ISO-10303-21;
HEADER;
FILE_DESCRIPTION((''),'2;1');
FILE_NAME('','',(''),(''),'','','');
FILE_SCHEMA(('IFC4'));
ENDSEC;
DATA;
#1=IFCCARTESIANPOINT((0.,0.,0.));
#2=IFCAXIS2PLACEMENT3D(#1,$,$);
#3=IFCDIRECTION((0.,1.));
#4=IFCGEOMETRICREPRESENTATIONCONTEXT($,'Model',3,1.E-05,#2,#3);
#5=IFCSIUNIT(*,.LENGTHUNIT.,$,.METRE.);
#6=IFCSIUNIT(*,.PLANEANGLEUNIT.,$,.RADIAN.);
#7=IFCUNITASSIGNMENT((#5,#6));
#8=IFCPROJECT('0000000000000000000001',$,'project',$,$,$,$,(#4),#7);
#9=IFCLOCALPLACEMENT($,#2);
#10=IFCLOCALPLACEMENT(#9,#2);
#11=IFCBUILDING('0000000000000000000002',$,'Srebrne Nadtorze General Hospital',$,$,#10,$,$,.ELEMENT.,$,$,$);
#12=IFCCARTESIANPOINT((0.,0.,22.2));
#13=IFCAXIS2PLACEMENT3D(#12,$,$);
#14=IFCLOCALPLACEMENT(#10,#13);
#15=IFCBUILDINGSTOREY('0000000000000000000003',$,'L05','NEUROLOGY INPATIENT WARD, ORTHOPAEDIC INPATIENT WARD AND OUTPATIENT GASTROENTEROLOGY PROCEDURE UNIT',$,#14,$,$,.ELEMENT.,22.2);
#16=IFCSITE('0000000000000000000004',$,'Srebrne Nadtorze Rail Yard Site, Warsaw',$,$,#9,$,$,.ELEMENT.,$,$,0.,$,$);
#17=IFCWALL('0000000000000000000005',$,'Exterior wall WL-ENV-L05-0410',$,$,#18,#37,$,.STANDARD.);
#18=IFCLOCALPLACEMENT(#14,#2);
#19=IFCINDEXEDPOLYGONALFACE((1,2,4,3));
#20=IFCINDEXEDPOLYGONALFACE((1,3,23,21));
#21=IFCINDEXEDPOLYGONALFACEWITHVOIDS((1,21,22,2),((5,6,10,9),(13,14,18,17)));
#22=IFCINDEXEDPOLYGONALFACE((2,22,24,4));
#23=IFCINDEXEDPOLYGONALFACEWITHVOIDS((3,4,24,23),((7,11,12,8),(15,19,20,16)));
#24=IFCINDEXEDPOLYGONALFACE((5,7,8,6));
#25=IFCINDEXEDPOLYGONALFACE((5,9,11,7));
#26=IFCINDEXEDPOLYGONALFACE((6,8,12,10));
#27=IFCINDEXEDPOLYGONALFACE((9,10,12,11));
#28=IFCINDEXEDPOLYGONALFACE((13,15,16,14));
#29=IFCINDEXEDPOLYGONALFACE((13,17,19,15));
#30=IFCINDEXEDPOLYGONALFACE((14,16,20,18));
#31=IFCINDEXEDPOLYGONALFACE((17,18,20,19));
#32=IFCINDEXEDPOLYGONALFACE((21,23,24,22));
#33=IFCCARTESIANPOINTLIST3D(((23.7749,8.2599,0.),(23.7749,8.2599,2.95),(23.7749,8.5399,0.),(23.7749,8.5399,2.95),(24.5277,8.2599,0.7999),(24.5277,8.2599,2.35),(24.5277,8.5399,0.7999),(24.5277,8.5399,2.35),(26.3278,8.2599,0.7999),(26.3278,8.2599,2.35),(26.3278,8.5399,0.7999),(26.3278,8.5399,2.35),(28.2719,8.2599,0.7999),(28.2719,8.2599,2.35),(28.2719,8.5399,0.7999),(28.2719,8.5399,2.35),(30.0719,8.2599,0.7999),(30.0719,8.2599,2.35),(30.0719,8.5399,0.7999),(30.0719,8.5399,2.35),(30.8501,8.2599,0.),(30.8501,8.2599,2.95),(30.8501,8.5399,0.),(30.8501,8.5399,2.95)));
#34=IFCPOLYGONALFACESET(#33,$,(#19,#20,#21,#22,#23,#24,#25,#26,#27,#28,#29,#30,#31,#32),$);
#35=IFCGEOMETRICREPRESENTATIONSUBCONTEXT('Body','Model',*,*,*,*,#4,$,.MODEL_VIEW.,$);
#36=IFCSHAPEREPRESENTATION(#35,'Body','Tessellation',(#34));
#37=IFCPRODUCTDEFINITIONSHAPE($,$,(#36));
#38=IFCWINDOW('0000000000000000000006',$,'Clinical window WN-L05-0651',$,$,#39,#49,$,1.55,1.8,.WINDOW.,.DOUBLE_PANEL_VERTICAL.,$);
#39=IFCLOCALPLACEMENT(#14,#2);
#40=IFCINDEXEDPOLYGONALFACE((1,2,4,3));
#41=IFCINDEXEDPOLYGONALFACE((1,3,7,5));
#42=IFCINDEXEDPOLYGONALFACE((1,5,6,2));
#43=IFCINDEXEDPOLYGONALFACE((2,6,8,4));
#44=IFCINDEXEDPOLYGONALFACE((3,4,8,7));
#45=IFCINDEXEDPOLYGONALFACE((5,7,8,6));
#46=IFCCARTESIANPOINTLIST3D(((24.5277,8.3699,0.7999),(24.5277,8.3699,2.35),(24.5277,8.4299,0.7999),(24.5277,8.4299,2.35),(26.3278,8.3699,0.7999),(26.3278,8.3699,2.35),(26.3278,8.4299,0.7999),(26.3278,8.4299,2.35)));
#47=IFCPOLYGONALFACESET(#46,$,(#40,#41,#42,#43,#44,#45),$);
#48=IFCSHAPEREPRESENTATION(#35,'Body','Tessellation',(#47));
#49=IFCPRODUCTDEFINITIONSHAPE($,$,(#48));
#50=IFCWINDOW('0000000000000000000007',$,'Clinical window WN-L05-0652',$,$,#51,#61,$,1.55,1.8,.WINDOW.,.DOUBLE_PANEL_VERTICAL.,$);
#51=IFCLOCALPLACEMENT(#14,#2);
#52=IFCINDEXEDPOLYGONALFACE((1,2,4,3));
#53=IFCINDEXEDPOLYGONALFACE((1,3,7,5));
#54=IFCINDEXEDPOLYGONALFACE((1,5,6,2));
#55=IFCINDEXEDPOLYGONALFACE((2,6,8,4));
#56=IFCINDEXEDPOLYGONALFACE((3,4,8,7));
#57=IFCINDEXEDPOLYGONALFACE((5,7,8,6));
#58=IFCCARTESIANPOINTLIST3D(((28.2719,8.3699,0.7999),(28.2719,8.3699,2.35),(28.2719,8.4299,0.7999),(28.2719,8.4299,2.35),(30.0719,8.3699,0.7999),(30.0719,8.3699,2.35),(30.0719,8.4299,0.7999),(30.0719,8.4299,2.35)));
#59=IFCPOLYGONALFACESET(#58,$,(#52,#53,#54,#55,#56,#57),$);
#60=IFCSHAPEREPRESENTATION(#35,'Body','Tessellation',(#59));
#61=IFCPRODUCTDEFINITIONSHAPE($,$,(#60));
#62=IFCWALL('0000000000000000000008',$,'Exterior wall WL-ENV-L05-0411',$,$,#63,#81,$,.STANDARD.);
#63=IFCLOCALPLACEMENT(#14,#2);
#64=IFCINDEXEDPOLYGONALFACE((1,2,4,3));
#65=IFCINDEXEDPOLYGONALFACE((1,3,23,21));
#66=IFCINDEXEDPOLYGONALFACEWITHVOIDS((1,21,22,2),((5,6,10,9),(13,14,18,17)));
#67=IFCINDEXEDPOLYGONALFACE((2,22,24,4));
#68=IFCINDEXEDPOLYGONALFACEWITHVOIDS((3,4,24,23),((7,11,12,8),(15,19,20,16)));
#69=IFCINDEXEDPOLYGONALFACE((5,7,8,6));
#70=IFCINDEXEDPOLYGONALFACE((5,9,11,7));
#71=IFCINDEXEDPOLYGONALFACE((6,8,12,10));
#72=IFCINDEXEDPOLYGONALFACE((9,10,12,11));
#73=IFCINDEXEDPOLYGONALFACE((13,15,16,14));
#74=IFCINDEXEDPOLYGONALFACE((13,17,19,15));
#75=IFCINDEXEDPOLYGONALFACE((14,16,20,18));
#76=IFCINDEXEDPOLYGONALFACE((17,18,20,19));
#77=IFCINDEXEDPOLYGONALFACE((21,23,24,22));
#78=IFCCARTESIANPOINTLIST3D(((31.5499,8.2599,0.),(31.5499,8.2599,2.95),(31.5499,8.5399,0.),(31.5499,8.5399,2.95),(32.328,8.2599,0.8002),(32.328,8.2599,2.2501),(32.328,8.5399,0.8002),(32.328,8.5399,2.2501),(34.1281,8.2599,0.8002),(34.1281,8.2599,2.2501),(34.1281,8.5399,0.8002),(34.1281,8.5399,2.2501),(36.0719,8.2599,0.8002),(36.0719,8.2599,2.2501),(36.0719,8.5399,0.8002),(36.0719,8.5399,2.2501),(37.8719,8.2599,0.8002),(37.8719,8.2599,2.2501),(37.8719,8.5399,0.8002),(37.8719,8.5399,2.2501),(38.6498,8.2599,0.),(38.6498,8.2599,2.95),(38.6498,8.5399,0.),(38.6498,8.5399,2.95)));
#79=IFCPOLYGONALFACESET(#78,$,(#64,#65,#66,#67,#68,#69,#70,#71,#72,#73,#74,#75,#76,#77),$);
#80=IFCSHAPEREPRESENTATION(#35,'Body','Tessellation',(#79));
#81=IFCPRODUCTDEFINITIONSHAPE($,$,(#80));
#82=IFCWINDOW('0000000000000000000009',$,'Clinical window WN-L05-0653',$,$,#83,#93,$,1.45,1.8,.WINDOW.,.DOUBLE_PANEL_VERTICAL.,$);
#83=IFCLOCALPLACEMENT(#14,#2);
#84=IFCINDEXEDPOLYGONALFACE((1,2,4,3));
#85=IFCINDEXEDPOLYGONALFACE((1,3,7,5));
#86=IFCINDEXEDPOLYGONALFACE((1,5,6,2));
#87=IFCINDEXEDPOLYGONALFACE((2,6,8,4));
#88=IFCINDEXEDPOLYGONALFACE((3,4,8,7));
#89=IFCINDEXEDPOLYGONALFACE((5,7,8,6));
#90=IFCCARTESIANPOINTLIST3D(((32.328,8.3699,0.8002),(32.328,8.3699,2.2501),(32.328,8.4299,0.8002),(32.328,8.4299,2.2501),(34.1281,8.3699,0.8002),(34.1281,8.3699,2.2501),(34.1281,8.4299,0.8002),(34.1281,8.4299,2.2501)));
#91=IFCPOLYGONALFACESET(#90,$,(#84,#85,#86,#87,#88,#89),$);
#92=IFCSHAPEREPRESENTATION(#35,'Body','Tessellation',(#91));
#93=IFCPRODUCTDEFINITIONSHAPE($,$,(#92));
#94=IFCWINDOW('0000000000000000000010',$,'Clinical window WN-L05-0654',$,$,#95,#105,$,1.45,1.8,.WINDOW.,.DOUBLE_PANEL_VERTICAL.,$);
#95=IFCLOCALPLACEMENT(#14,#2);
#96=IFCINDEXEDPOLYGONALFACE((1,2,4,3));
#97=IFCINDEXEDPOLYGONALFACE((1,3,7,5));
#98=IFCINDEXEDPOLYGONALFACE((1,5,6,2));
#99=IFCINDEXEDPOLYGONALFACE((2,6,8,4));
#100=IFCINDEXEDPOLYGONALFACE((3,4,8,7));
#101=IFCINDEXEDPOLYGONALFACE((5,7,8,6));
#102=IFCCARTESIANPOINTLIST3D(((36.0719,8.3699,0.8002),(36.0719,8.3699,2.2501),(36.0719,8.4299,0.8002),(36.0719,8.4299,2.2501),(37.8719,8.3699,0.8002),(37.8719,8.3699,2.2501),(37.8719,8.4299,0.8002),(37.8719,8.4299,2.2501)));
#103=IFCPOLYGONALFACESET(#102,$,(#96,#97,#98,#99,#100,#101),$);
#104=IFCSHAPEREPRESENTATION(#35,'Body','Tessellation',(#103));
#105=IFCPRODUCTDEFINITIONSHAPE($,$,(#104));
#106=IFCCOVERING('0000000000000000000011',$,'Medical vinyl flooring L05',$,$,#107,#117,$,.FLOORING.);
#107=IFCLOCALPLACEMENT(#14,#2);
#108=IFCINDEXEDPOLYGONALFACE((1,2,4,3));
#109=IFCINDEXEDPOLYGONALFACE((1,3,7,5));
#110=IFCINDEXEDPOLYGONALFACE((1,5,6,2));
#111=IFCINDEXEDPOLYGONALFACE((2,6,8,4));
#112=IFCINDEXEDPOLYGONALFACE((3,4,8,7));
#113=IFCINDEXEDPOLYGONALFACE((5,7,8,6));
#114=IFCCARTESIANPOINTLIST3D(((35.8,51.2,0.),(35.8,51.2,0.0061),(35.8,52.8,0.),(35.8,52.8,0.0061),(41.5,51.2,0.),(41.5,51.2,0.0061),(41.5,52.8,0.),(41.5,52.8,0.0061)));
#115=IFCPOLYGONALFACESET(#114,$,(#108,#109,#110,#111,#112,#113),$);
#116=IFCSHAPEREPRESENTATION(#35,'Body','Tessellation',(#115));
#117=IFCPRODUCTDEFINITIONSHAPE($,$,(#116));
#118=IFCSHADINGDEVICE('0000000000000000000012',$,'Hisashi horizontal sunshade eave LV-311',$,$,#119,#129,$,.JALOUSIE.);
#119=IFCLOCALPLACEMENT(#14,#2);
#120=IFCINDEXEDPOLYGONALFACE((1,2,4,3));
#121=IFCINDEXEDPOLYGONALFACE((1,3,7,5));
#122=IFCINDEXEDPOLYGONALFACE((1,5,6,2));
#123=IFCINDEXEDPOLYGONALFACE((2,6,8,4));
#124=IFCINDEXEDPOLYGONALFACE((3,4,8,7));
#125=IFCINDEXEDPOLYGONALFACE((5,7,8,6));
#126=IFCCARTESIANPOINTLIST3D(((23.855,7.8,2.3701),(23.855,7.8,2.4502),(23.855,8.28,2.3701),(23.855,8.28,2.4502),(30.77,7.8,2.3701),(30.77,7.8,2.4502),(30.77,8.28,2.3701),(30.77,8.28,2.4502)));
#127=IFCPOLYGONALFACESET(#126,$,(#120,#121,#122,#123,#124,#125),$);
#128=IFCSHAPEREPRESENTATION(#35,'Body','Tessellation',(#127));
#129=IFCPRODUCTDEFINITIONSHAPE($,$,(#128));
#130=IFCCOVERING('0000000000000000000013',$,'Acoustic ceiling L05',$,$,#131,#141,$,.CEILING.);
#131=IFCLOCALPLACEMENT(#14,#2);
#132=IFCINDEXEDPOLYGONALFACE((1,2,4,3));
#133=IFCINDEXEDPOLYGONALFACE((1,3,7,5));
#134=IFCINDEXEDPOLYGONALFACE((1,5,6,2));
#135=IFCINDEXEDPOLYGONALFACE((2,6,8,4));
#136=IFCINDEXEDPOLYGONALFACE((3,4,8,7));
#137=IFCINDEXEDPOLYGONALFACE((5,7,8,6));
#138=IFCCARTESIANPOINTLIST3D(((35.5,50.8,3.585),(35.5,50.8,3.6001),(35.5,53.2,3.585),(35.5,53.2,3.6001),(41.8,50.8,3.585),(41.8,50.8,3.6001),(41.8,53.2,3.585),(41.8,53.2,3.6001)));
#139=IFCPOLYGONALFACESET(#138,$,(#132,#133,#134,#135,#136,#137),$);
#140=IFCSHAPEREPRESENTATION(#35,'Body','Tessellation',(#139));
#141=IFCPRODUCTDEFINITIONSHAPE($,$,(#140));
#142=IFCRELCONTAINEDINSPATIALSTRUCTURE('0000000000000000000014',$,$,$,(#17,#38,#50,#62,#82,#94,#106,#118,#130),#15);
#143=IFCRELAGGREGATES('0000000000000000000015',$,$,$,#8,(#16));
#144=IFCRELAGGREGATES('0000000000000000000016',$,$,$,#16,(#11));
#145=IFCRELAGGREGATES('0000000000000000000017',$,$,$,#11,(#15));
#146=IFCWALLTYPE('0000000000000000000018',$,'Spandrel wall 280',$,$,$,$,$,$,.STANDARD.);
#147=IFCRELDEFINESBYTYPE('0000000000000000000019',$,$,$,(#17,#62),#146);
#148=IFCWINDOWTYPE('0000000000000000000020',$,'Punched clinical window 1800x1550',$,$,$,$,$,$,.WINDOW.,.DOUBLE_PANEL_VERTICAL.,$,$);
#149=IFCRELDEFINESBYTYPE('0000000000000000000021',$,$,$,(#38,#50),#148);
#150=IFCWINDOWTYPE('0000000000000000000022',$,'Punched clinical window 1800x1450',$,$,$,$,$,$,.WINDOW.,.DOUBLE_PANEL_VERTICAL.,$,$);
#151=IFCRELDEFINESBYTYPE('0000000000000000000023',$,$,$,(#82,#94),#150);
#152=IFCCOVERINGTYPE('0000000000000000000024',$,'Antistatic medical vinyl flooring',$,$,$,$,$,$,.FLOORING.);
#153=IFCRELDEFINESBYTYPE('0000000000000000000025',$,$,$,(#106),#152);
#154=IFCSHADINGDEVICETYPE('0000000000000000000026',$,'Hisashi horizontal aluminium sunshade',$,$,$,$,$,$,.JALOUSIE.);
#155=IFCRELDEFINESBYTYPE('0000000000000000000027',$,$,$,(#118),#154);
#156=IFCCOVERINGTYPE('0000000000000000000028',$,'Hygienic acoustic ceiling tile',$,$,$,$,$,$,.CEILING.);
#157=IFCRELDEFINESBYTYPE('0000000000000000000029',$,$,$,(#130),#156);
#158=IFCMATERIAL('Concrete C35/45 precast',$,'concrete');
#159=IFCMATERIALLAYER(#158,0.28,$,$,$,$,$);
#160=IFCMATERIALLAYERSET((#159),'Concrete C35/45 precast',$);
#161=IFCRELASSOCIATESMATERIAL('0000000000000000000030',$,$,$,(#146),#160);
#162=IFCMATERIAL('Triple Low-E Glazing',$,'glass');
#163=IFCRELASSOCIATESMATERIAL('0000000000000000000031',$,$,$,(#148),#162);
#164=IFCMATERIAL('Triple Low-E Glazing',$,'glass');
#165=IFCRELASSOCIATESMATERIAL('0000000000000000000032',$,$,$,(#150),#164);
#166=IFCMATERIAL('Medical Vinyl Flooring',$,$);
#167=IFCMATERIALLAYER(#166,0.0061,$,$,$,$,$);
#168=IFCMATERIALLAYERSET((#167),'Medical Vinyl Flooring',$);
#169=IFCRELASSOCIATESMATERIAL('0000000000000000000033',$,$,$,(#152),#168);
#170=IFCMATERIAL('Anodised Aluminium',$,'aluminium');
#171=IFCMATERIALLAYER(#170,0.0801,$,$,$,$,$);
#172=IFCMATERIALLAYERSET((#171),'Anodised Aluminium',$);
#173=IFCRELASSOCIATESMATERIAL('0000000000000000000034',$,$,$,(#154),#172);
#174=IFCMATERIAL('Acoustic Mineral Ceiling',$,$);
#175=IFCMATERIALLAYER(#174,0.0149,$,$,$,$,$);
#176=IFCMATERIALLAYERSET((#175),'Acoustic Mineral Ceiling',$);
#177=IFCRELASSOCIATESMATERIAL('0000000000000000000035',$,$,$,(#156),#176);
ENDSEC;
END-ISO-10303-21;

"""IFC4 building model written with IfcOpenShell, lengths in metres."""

from ifc_helpers import new_model, si_unit, direction, frame, frame_2d, origin, origin_2d, place, context, subcontext, project, spatial, polyline, rectangle, outline, extrude, material, layer, layer_set, type_object, element, fill, save


model = new_model("IFC4")

# Units and contexts
model_context = context("Model", 3, precision=1e-05, world=origin(), true_north=direction((0.0, 1.0)))
body_context = subcontext(model_context, "Body", "Model", "MODEL_VIEW")
ifc_project = project(units=[si_unit("LENGTHUNIT", "METRE"), si_unit("PLANEANGLEUNIT", "RADIAN")], contexts=[model_context])

# Site, building, storey
site_placement = place(None, origin())
site = spatial("IfcSite", under=ifc_project, at=site_placement, Name="Srebrne Nadtorze Rail Yard Site, Warsaw", CompositionType="ELEMENT", RefElevation=0.0)
building_placement = place(site_placement, origin())
building = spatial("IfcBuilding", under=site, at=building_placement, Name="Srebrne Nadtorze General Hospital", CompositionType="ELEMENT")
storey_placement = place(building_placement, frame((0.0, 0.0, 22.2)))
storey = spatial("IfcBuildingStorey", under=building, at=storey_placement, Name="L05", Description="NEUROLOGY INPATIENT WARD, ORTHOPAEDIC INPATIENT WARD AND OUTPATIENT GASTROENTEROLOGY PROCEDURE UNIT", CompositionType="ELEMENT", Elevation=22.2)

# Walls, openings, windows
ifc_material_1 = material(Name="Concrete C35/45 precast", Category="concrete")
ifc_layer_1 = layer(ifc_material_1, 0.28)
ifc_layer_set_1 = layer_set([ifc_layer_1], Name="Concrete C35/45 precast")
wall_type = type_object("IfcWallType", Name="Spandrel wall 280", PredefinedType="STANDARD", material=ifc_layer_set_1)
wall_1_placement = place(storey_placement, frame((23.7749, 8.3999, 0.0), z_axis=(0.0, 0.0, 1.0), x_axis=(1.0, 0.0, 0.0)))
wall_1 = element("IfcWall", 1, at=wall_1_placement, inside=storey, type_object=wall_type, Name="Exterior wall WL-ENV-L05-0410", PredefinedType="STANDARD", context=body_context, shape_type="SweptSolid", body=[
    extrude(rectangle(XDim=7.0752, YDim=0.28, at=frame_2d((3.5376, 0.0))), origin(), (0.0, 0.0, 1.0), 2.95),
])
opening_1_placement = place(wall_1_placement, frame((0.7529, 0.0, 0.8)))
opening_1 = element("IfcOpeningElement", 2, at=opening_1_placement, cuts=wall_1, PredefinedType="OPENING", context=body_context, shape_type="SweptSolid", body=[
    extrude(rectangle(XDim=1.8, YDim=1.55, at=frame_2d((0.8999, 0.7749))), frame((0.0, 0.1519, 0.0), z_axis=(0.0, -1.0, 0.0), x_axis=(1.0, 0.0, 0.0)), (0.0, 0.0, 1.0), 0.304),
])
opening_2_placement = place(wall_1_placement, frame((4.4971, 0.0, 0.8)))
opening_2 = element("IfcOpeningElement", 3, at=opening_2_placement, cuts=wall_1, PredefinedType="OPENING", context=body_context, shape_type="SweptSolid", body=[
    extrude(rectangle(XDim=1.8, YDim=1.55, at=frame_2d((0.8999, 0.7749))), frame((0.0, 0.1519, 0.0), z_axis=(0.0, -1.0, 0.0), x_axis=(1.0, 0.0, 0.0)), (0.0, 0.0, 1.0), 0.304),
])
ifc_material_2 = material(Name="Triple Low-E Glazing", Category="glass")
window_type_1 = type_object("IfcWindowType", Name="Punched clinical window 1800x1550", PartitioningType="DOUBLE_PANEL_VERTICAL", PredefinedType="WINDOW", material=ifc_material_2)
window_1_placement = place(opening_1_placement, origin())
window_1 = element("IfcWindow", 4, at=window_1_placement, inside=storey, type_object=window_type_1, Name="Clinical window WN-L05-0651", OverallHeight=1.55, OverallWidth=1.8, PartitioningType="DOUBLE_PANEL_VERTICAL", PredefinedType="WINDOW", context=body_context, shape_type="SweptSolid", body=[
    extrude(rectangle(XDim=1.8, YDim=1.55, at=frame_2d((0.8999, 0.7749))), frame((0.0, 0.03, 0.0), z_axis=(0.0, -1.0, 0.0), x_axis=(1.0, 0.0, 0.0)), (0.0, 0.0, 1.0), 0.0601),
])
fill(opening_1, window_1)
window_2_placement = place(opening_2_placement, origin())
window_2 = element("IfcWindow", 5, at=window_2_placement, inside=storey, type_object=window_type_1, Name="Clinical window WN-L05-0652", OverallHeight=1.55, OverallWidth=1.8, PartitioningType="DOUBLE_PANEL_VERTICAL", PredefinedType="WINDOW", context=body_context, shape_type="SweptSolid", body=[
    extrude(rectangle(XDim=1.8, YDim=1.55, at=frame_2d((0.8999, 0.7749))), frame((0.0, 0.03, 0.0), z_axis=(0.0, -1.0, 0.0), x_axis=(1.0, 0.0, 0.0)), (0.0, 0.0, 1.0), 0.0601),
])
fill(opening_2, window_2)
wall_2_placement = place(storey_placement, frame((31.55, 8.3999, 0.0), z_axis=(0.0, 0.0, 1.0), x_axis=(1.0, 0.0, 0.0)))
wall_2 = element("IfcWall", 6, at=wall_2_placement, inside=storey, type_object=wall_type, Name="Exterior wall WL-ENV-L05-0411", PredefinedType="STANDARD", context=body_context, shape_type="SweptSolid", body=[
    extrude(rectangle(XDim=7.0999, YDim=0.28, at=frame_2d((3.5498, 0.0))), origin(), (0.0, 0.0, 1.0), 2.95),
])
opening_3_placement = place(wall_2_placement, frame((0.7781, 0.0, 0.8)))
opening_3 = element("IfcOpeningElement", 7, at=opening_3_placement, cuts=wall_2, PredefinedType="OPENING", context=body_context, shape_type="SweptSolid", body=[
    extrude(rectangle(XDim=1.8, YDim=1.45, at=frame_2d((0.8999, 0.7251))), frame((0.0, 0.1519, 0.0), z_axis=(0.0, -1.0, 0.0), x_axis=(1.0, 0.0, 0.0)), (0.0, 0.0, 1.0), 0.304),
])
opening_4_placement = place(wall_2_placement, frame((4.522, 0.0, 0.8)))
opening_4 = element("IfcOpeningElement", 8, at=opening_4_placement, cuts=wall_2, PredefinedType="OPENING", context=body_context, shape_type="SweptSolid", body=[
    extrude(rectangle(XDim=1.8, YDim=1.45, at=frame_2d((0.8999, 0.7251))), frame((0.0, 0.1519, 0.0), z_axis=(0.0, -1.0, 0.0), x_axis=(1.0, 0.0, 0.0)), (0.0, 0.0, 1.0), 0.304),
])
ifc_material_3 = material(Name="Triple Low-E Glazing", Category="glass")
window_type_2 = type_object("IfcWindowType", Name="Punched clinical window 1800x1450", PartitioningType="DOUBLE_PANEL_VERTICAL", PredefinedType="WINDOW", material=ifc_material_3)
window_3_placement = place(opening_3_placement, origin())
window_3 = element("IfcWindow", 9, at=window_3_placement, inside=storey, type_object=window_type_2, Name="Clinical window WN-L05-0653", OverallHeight=1.45, OverallWidth=1.8, PartitioningType="DOUBLE_PANEL_VERTICAL", PredefinedType="WINDOW", context=body_context, shape_type="SweptSolid", body=[
    extrude(rectangle(XDim=1.8, YDim=1.45, at=frame_2d((0.8999, 0.7251))), frame((0.0, 0.03, 0.0), z_axis=(0.0, -1.0, 0.0), x_axis=(1.0, 0.0, 0.0)), (0.0, 0.0, 1.0), 0.0601),
])
fill(opening_3, window_3)
window_4_placement = place(opening_4_placement, origin())
window_4 = element("IfcWindow", 10, at=window_4_placement, inside=storey, type_object=window_type_2, Name="Clinical window WN-L05-0654", OverallHeight=1.45, OverallWidth=1.8, PartitioningType="DOUBLE_PANEL_VERTICAL", PredefinedType="WINDOW", context=body_context, shape_type="SweptSolid", body=[
    extrude(rectangle(XDim=1.8, YDim=1.45, at=frame_2d((0.8999, 0.7251))), frame((0.0, 0.03, 0.0), z_axis=(0.0, -1.0, 0.0), x_axis=(1.0, 0.0, 0.0)), (0.0, 0.0, 1.0), 0.0601),
])
fill(opening_4, window_4)

# Covering
ifc_material_4 = material(Name="Medical Vinyl Flooring")
ifc_layer_2 = layer(ifc_material_4, 0.0061)
ifc_layer_set_2 = layer_set([ifc_layer_2], Name="Medical Vinyl Flooring")
covering_type_1 = type_object("IfcCoveringType", Name="Antistatic medical vinyl flooring", PredefinedType="FLOORING", material=ifc_layer_set_2)
covering_1_placement = place(storey_placement, origin())
element("IfcCovering", 11, at=covering_1_placement, inside=storey, type_object=covering_type_1, Name="Medical vinyl flooring L05", PredefinedType="FLOORING", context=body_context, shape_type="SweptSolid", body=[
    extrude(outline(polyline([(35.8, 51.2), (41.5, 51.2), (41.5, 52.8), (35.8, 52.8), (35.8, 51.2)])), origin(), (0.0, 0.0, 1.0), 0.0061),
])

# Shading device
ifc_material_5 = material(Name="Anodised Aluminium", Category="aluminium")
ifc_layer_3 = layer(ifc_material_5, 0.0801)
ifc_layer_set_3 = layer_set([ifc_layer_3], Name="Anodised Aluminium")
shading_device_type = type_object("IfcShadingDeviceType", Name="Hisashi horizontal aluminium sunshade", PredefinedType="JALOUSIE", material=ifc_layer_set_3)
shading_device_placement = place(storey_placement, frame((27.3125, 8.04, 2.3701), z_axis=(0.0, 0.0, 1.0), x_axis=(1.0, 0.0, 0.0)))
element("IfcShadingDevice", 12, at=shading_device_placement, inside=storey, type_object=shading_device_type, Name="Hisashi horizontal sunshade eave LV-311", PredefinedType="JALOUSIE", context=body_context, shape_type="SweptSolid", body=[
    extrude(rectangle(XDim=6.915, YDim=0.48, at=origin_2d()), origin(), (0.0, 0.0, 1.0), 0.0801),
])

# Covering
ifc_material_6 = material(Name="Acoustic Mineral Ceiling")
ifc_layer_4 = layer(ifc_material_6, 0.0149)
ifc_layer_set_4 = layer_set([ifc_layer_4], Name="Acoustic Mineral Ceiling")
covering_type_2 = type_object("IfcCoveringType", Name="Hygienic acoustic ceiling tile", PredefinedType="CEILING", material=ifc_layer_set_4)
covering_2_placement = place(storey_placement, frame((0.0, 0.0, 3.585)))
element("IfcCovering", 13, at=covering_2_placement, inside=storey, type_object=covering_type_2, Name="Acoustic ceiling L05", PredefinedType="CEILING", context=body_context, shape_type="SweptSolid", body=[
    extrude(outline(polyline([(35.5, 50.8), (41.8, 50.8), (41.8, 53.2), (35.5, 53.2), (35.5, 50.8)])), origin(), (0.0, 0.0, 1.0), 0.0151),
])

save(model, "model.ifc")
